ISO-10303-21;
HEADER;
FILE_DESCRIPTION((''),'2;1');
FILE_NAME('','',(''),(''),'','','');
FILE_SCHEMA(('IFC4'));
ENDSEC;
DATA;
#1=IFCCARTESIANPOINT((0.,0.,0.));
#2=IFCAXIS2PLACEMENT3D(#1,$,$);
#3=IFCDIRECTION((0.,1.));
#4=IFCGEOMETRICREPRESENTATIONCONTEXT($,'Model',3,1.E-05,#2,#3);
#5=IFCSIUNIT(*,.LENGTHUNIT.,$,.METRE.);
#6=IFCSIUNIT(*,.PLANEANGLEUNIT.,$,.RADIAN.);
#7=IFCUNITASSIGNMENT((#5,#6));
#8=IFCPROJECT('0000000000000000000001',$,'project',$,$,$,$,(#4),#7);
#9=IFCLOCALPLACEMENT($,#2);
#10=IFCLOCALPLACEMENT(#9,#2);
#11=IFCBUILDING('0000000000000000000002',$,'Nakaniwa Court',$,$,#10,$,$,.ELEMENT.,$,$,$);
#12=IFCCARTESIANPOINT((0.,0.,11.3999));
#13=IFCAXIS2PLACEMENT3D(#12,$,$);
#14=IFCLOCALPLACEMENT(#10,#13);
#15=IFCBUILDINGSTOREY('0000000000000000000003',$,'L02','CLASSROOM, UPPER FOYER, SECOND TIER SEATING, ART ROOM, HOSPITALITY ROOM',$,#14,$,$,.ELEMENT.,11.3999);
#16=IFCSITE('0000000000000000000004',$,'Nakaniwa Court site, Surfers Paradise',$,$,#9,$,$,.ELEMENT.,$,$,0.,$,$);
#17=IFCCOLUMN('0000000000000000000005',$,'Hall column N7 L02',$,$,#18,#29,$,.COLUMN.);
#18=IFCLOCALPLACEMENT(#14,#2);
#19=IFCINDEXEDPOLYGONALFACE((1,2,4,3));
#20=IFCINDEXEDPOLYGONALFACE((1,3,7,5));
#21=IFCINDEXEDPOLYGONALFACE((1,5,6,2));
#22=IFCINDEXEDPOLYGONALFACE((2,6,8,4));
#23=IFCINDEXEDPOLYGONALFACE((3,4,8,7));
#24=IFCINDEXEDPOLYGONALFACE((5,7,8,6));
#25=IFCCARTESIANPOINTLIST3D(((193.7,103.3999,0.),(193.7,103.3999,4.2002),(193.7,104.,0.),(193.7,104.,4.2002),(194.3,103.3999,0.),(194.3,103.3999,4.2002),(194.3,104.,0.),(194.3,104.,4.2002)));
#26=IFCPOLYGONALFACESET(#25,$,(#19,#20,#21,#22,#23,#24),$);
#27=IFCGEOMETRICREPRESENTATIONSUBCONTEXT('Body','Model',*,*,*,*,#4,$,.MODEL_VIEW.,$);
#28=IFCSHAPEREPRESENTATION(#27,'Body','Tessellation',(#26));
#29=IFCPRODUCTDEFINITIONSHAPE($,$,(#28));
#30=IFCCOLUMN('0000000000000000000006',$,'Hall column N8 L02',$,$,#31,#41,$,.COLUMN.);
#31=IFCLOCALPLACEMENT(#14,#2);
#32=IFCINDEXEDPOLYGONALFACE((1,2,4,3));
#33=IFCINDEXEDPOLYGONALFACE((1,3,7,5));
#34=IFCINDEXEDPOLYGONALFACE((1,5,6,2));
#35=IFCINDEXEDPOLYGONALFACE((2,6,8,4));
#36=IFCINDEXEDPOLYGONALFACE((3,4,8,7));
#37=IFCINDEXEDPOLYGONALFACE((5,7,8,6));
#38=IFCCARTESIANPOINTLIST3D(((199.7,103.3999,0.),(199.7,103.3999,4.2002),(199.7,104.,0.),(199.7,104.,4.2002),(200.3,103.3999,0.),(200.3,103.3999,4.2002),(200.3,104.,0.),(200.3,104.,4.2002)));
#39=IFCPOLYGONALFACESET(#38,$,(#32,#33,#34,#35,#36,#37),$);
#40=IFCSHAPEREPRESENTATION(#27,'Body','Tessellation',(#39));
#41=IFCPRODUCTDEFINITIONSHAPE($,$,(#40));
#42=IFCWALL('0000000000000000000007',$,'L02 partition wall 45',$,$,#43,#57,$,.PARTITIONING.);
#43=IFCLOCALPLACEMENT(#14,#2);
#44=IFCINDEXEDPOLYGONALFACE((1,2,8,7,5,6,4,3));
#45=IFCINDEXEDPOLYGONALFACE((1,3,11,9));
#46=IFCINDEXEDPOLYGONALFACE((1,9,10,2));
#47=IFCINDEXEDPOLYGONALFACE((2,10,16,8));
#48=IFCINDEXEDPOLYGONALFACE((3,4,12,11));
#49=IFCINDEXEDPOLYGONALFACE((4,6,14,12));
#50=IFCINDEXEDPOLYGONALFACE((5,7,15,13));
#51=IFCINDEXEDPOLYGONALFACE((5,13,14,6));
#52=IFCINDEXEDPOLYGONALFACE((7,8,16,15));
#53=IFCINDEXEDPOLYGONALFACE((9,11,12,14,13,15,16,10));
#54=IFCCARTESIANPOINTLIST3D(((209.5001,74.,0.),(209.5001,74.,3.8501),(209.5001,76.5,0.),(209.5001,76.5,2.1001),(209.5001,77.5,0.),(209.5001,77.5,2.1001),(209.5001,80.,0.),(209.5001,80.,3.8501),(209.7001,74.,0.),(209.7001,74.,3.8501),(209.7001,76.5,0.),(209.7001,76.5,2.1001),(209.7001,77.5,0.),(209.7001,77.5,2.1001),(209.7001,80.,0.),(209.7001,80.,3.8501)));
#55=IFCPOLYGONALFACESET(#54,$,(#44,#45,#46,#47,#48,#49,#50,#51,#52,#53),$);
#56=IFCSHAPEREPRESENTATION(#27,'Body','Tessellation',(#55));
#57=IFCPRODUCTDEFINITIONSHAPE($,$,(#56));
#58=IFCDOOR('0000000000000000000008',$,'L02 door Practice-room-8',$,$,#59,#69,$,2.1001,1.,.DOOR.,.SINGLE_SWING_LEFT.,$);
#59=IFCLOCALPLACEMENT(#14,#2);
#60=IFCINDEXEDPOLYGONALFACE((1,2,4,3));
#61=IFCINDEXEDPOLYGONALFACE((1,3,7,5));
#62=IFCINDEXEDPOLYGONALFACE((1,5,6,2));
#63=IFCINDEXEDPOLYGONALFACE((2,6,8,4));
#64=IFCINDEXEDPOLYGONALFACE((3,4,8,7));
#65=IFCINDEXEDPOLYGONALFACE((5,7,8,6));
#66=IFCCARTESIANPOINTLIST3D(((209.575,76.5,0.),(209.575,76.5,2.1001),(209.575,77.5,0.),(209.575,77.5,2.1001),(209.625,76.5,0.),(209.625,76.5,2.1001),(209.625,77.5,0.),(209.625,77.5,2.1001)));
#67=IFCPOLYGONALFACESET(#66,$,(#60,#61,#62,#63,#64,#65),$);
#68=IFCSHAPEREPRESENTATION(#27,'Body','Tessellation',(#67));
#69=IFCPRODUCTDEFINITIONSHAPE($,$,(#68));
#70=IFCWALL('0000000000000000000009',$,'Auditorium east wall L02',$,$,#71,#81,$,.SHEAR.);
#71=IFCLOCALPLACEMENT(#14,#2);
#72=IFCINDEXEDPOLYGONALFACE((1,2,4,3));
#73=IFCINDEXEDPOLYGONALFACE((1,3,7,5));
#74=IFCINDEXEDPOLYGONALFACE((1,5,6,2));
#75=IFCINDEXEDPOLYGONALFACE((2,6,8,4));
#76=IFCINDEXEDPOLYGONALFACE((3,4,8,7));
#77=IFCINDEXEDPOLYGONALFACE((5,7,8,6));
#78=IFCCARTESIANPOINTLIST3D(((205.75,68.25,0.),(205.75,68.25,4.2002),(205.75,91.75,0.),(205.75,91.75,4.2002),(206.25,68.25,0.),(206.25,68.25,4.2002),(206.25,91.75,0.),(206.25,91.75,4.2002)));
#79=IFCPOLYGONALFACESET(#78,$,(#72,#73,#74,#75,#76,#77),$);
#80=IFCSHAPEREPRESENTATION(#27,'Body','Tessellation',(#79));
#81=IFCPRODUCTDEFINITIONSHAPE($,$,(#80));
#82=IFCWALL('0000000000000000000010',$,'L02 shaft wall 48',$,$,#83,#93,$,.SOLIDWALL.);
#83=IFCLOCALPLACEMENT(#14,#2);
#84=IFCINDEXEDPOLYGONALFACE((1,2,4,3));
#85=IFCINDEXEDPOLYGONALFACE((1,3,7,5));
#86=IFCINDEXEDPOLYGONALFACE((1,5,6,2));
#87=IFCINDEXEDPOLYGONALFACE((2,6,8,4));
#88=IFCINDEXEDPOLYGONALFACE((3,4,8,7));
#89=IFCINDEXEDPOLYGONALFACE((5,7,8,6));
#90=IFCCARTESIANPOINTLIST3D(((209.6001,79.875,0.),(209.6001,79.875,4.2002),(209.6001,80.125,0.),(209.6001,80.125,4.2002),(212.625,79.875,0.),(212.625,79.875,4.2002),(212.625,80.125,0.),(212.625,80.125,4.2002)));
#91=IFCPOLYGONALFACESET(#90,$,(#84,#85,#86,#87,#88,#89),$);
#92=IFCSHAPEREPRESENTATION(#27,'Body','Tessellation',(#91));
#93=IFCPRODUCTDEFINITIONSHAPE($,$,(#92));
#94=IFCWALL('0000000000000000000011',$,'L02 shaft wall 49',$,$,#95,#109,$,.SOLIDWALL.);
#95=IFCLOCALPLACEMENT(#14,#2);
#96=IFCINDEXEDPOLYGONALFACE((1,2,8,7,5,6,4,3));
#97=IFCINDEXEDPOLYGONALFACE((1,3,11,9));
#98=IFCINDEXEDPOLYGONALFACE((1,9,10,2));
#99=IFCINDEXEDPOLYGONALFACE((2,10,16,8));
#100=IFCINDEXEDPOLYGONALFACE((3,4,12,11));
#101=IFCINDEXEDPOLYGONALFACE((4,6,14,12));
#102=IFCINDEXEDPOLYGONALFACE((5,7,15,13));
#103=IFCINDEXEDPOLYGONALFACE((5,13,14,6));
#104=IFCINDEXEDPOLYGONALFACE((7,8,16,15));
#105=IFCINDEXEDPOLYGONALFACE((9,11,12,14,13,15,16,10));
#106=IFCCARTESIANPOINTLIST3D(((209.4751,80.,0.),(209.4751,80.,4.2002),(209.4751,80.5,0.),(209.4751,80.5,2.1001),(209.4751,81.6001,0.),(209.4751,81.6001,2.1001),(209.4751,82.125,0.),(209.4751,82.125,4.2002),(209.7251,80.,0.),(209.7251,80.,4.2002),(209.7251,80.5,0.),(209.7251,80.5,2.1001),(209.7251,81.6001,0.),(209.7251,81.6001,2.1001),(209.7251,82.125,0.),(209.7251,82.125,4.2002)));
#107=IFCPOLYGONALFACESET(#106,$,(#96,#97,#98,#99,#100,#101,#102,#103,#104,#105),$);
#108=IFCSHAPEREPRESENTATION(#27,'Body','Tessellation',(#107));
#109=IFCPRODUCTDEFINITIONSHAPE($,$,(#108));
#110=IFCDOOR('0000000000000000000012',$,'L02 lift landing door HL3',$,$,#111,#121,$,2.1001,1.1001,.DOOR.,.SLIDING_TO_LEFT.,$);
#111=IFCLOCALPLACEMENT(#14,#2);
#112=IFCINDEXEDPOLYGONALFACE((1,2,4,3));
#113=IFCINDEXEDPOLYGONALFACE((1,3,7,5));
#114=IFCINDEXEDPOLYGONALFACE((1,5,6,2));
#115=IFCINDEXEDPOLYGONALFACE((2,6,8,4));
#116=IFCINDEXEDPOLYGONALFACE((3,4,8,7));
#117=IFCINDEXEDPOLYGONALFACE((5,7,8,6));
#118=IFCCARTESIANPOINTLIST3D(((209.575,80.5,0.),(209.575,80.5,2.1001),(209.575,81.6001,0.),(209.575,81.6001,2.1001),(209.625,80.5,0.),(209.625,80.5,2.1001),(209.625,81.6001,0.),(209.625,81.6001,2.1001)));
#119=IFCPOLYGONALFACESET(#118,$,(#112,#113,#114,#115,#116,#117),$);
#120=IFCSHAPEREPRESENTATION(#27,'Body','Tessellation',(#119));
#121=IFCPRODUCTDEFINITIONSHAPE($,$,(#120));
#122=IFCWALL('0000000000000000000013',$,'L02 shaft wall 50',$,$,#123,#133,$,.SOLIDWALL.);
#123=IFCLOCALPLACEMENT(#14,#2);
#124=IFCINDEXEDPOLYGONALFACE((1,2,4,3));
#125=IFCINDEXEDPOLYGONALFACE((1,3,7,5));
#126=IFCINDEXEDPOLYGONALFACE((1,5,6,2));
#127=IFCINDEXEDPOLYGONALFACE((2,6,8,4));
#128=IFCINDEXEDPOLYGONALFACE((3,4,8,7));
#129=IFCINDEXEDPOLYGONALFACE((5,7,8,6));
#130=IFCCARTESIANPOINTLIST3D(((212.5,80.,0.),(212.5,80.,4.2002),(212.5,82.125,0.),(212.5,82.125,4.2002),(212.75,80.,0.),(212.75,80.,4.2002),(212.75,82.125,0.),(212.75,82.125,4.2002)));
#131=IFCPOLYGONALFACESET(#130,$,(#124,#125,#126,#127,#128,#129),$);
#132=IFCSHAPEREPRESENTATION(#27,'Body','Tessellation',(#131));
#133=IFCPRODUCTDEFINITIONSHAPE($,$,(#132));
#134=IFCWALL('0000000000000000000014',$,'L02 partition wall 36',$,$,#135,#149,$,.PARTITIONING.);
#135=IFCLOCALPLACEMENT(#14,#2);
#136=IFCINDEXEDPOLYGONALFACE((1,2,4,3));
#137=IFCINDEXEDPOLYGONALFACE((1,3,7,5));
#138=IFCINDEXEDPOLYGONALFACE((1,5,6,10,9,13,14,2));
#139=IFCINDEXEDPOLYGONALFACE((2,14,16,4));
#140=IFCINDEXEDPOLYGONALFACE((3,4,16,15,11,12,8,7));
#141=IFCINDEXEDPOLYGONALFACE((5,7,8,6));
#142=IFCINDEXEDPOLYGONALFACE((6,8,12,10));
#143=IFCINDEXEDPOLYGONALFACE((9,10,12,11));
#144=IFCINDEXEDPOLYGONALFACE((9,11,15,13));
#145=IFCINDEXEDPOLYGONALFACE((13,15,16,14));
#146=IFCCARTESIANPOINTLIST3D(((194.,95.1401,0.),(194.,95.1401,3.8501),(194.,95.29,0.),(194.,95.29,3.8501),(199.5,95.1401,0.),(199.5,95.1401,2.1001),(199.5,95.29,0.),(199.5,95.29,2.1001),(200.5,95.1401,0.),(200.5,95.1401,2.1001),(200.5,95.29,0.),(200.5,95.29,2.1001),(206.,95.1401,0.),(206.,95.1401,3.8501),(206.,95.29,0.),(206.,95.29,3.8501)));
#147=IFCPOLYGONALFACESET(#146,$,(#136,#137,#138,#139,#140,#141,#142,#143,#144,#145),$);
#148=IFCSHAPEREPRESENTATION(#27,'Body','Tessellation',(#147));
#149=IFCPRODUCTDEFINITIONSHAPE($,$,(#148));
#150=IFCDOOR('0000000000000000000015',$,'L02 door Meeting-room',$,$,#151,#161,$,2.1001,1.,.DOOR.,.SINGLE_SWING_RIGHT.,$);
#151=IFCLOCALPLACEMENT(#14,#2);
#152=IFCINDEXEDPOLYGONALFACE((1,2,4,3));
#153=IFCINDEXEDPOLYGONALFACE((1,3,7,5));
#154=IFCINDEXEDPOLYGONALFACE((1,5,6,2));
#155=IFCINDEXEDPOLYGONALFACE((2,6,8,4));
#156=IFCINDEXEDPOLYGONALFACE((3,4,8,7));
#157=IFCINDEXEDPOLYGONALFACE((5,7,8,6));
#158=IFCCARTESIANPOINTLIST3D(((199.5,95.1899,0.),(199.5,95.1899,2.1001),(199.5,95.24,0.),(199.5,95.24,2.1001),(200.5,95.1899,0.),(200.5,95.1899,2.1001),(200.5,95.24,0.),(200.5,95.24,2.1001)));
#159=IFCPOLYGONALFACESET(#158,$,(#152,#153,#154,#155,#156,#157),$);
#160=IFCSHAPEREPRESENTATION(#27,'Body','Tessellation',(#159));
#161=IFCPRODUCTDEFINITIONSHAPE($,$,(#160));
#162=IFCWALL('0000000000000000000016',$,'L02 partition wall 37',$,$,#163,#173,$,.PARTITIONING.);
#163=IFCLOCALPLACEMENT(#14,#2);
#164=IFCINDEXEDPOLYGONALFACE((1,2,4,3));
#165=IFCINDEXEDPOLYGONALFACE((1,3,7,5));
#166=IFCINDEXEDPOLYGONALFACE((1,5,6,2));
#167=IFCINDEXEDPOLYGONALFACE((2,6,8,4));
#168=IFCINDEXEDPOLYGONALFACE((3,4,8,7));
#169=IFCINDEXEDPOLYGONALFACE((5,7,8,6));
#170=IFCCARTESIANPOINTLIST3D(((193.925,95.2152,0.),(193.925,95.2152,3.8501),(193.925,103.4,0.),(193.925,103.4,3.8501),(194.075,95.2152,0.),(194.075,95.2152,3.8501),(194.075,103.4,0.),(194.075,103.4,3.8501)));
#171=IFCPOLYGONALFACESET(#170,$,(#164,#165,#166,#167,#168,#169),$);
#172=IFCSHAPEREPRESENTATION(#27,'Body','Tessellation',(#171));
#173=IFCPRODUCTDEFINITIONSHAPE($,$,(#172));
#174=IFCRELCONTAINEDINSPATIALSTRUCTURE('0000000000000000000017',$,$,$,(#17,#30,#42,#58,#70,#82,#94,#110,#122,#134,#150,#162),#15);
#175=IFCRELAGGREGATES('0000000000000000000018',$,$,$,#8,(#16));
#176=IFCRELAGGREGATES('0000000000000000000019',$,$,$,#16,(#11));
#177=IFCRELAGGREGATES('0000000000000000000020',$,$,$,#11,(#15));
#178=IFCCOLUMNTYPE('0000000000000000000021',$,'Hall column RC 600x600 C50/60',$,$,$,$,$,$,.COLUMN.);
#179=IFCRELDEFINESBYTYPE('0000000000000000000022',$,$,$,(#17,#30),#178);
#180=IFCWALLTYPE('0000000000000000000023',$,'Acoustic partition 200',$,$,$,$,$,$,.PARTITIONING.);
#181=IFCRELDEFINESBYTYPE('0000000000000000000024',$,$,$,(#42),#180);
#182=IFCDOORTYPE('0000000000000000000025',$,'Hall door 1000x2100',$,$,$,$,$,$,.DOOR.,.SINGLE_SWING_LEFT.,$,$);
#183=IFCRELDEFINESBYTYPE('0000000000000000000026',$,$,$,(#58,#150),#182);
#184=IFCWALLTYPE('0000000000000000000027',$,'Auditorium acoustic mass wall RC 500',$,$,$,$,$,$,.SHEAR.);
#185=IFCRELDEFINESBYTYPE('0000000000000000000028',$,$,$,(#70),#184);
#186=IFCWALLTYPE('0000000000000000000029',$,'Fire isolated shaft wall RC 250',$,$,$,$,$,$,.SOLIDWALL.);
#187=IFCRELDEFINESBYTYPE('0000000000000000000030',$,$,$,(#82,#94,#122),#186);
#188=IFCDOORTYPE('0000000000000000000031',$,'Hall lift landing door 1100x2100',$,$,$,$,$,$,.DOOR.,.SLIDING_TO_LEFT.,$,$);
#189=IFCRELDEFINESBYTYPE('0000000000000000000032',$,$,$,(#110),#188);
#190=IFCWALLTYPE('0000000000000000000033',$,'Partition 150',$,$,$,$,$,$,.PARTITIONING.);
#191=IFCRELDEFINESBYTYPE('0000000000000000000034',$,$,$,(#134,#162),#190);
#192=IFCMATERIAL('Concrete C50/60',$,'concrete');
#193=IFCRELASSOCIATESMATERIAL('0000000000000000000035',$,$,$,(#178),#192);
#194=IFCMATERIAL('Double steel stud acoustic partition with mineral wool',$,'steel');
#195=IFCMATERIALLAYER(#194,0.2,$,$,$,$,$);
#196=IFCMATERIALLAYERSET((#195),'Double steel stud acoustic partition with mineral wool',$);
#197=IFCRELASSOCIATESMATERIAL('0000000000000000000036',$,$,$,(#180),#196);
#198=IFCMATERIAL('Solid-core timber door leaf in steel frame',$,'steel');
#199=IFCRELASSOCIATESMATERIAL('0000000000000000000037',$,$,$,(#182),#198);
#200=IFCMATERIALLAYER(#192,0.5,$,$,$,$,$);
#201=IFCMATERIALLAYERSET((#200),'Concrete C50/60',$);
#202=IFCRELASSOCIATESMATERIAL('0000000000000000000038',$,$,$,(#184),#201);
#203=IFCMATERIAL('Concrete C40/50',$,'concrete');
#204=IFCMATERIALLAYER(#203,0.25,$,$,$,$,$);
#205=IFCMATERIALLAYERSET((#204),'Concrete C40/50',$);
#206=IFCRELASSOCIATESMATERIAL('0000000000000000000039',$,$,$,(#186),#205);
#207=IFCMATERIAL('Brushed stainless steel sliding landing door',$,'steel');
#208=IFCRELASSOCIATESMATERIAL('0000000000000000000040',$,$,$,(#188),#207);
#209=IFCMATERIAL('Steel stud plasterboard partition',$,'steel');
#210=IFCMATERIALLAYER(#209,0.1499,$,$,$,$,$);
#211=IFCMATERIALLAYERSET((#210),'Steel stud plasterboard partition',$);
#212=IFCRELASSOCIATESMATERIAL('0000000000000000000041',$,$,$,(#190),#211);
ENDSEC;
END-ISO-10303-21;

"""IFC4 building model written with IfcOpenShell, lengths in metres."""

from ifc_helpers import new_model, si_unit, direction, frame, frame_2d, origin, origin_2d, place, context, subcontext, project, spatial, rectangle, extrude, material, layer, layer_set, material_profile, profile_set, type_object, element, fill, save


model = new_model("IFC4")

# Units and contexts
model_context = context("Model", 3, precision=1e-05, world=origin(), true_north=direction((0.0, 1.0)))
body_context = subcontext(model_context, "Body", "Model", "MODEL_VIEW")
ifc_project = project(units=[si_unit("LENGTHUNIT", "METRE"), si_unit("PLANEANGLEUNIT", "RADIAN")], contexts=[model_context])

# Site, building, storey
site_placement = place(None, origin())
site = spatial("IfcSite", under=ifc_project, at=site_placement, Name="Nakaniwa Court site, Surfers Paradise", CompositionType="ELEMENT", RefElevation=0.0)
building_placement = place(site_placement, origin())
building = spatial("IfcBuilding", under=site, at=building_placement, Name="Nakaniwa Court", CompositionType="ELEMENT")
storey_placement = place(building_placement, frame((0.0, 0.0, 11.3999)))
storey = spatial("IfcBuildingStorey", under=building, at=storey_placement, Name="L02", Description="CLASSROOM, UPPER FOYER, SECOND TIER SEATING, ART ROOM, HOSPITALITY ROOM", CompositionType="ELEMENT", Elevation=11.3999)

# Columns
ifc_material_1 = material(Name="Concrete C50/60", Category="concrete")
ifc_material_profile = material_profile(ifc_material_1, rectangle(XDim=0.6001, YDim=0.6001, at=origin_2d()), Name="RC 600x600")
ifc_profile_set = profile_set([ifc_material_profile], Name="Concrete C50/60")
column_type = type_object("IfcColumnType", Name="Hall column RC 600x600 C50/60", PredefinedType="COLUMN", material=ifc_profile_set)
for number, where, z_axis, x_axis, name in (
    (1, (194.0, 103.7, 0.0), (0.0, 0.0, 1.0), (1.0, 0.0, 0.0), "Hall column N7 L02"),
    (2, (200.0, 103.7, 0.0), (0.0, 0.0, 1.0), (1.0, 0.0, 0.0), "Hall column N8 L02"),
):
    element("IfcColumn", number, at=place(storey_placement, frame(where, z_axis=z_axis, x_axis=x_axis)), inside=storey, type_object=column_type, Name=name, PredefinedType="COLUMN", context=body_context, shape_type="SweptSolid", body=[
        extrude(rectangle(XDim=0.6001, YDim=0.6001, at=origin_2d()), origin(), (0.0, 0.0, 1.0), 4.2002),
    ])

# Wall, opening, door
ifc_material_2 = material(Name="Double steel stud acoustic partition with mineral wool", Category="steel")
ifc_layer_1 = layer(ifc_material_2, 0.2)
ifc_layer_set_1 = layer_set([ifc_layer_1], Name="Double steel stud acoustic partition with mineral wool")
wall_type_1 = type_object("IfcWallType", Name="Acoustic partition 200", PredefinedType="PARTITIONING", material=ifc_layer_set_1)
wall_1_placement = place(storey_placement, frame((209.6001, 80.0, 0.0), z_axis=(0.0, 0.0, 1.0), x_axis=(0.0, -1.0, 0.0)))
wall_1 = element("IfcWall", 3, at=wall_1_placement, inside=storey, type_object=wall_type_1, Name="L02 partition wall 45", PredefinedType="PARTITIONING", context=body_context, shape_type="SweptSolid", body=[
    extrude(rectangle(XDim=6.0, YDim=0.2, at=frame_2d((3.0, 0.0))), origin(), (0.0, 0.0, 1.0), 3.8501),
])
opening_1_placement = place(wall_1_placement, frame((2.5, 0.0, 0.0)))
opening_1 = element("IfcOpeningElement", 4, at=opening_1_placement, cuts=wall_1, PredefinedType="OPENING", context=body_context, shape_type="SweptSolid", body=[
    extrude(rectangle(XDim=1.0, YDim=2.1001, at=frame_2d((0.5, 1.05))), frame((0.0, 0.1099, 0.0), z_axis=(0.0, -1.0, 0.0), x_axis=(1.0, 0.0, 0.0)), (0.0, 0.0, 1.0), 0.22),
])
ifc_material_3 = material(Name="Solid-core timber door leaf in steel frame", Category="steel")
door_type_1 = type_object("IfcDoorType", Name="Hall door 1000x2100", OperationType="SINGLE_SWING_LEFT", PredefinedType="DOOR", material=ifc_material_3)
door_1_placement = place(opening_1_placement, origin())
door_1 = element("IfcDoor", 5, at=door_1_placement, inside=storey, type_object=door_type_1, Name="L02 door Practice-room-8", OperationType="SINGLE_SWING_LEFT", OverallHeight=2.1001, OverallWidth=1.0, PredefinedType="DOOR", context=body_context, shape_type="SweptSolid", body=[
    extrude(rectangle(XDim=1.0, YDim=2.1001, at=frame_2d((0.5, 1.05))), frame((0.0, 0.0249, 0.0), z_axis=(0.0, -1.0, 0.0), x_axis=(1.0, 0.0, 0.0)), (0.0, 0.0, 1.0), 0.05),
])
fill(opening_1, door_1)

# Walls
ifc_layer_2 = layer(ifc_material_1, 0.5)
ifc_layer_set_2 = layer_set([ifc_layer_2], Name="Concrete C50/60")
wall_type_2 = type_object("IfcWallType", Name="Auditorium acoustic mass wall RC 500", PredefinedType="SHEAR", material=ifc_layer_set_2)
wall_2_placement = place(storey_placement, frame((206.0, 91.75, 0.0), z_axis=(0.0, 0.0, 1.0), x_axis=(0.0, -1.0, 0.0)))
element("IfcWall", 6, at=wall_2_placement, inside=storey, type_object=wall_type_2, Name="Auditorium east wall L02", PredefinedType="SHEAR", context=body_context, shape_type="SweptSolid", body=[
    extrude(rectangle(XDim=23.5, YDim=0.5, at=frame_2d((11.75, 0.0))), origin(), (0.0, 0.0, 1.0), 4.2002),
])
ifc_material_4 = material(Name="Concrete C40/50", Category="concrete")
ifc_layer_3 = layer(ifc_material_4, 0.25)
ifc_layer_set_3 = layer_set([ifc_layer_3], Name="Concrete C40/50")
wall_type_3 = type_object("IfcWallType", Name="Fire isolated shaft wall RC 250", PredefinedType="SOLIDWALL", material=ifc_layer_set_3)
wall_3_placement = place(storey_placement, frame((209.6001, 80.0, 0.0), z_axis=(0.0, 0.0, 1.0), x_axis=(1.0, 0.0, 0.0)))
element("IfcWall", 7, at=wall_3_placement, inside=storey, type_object=wall_type_3, Name="L02 shaft wall 48", PredefinedType="SOLIDWALL", context=body_context, shape_type="SweptSolid", body=[
    extrude(rectangle(XDim=3.0249, YDim=0.25, at=frame_2d((1.5125, 0.0))), origin(), (0.0, 0.0, 1.0), 4.2002),
])

# Wall, opening, door
wall_4_placement = place(storey_placement, frame((209.6001, 82.125, 0.0), z_axis=(0.0, 0.0, 1.0), x_axis=(0.0, -1.0, 0.0)))
wall_4 = element("IfcWall", 8, at=wall_4_placement, inside=storey, type_object=wall_type_3, Name="L02 shaft wall 49", PredefinedType="SOLIDWALL", context=body_context, shape_type="SweptSolid", body=[
    extrude(rectangle(XDim=2.125, YDim=0.25, at=frame_2d((1.0625, 0.0))), origin(), (0.0, 0.0, 1.0), 4.2002),
])
opening_2_placement = place(wall_4_placement, frame((0.5249, 0.0, 0.0)))
opening_2 = element("IfcOpeningElement", 9, at=opening_2_placement, cuts=wall_4, PredefinedType="OPENING", context=body_context, shape_type="SweptSolid", body=[
    extrude(rectangle(XDim=1.1001, YDim=2.1001, at=frame_2d((0.55, 1.05))), frame((0.0, 0.135, 0.0), z_axis=(0.0, -1.0, 0.0), x_axis=(1.0, 0.0, 0.0)), (0.0, 0.0, 1.0), 0.27),
])
ifc_material_5 = material(Name="Brushed stainless steel sliding landing door", Category="steel")
door_type_2 = type_object("IfcDoorType", Name="Hall lift landing door 1100x2100", OperationType="SLIDING_TO_LEFT", PredefinedType="DOOR", material=ifc_material_5)
door_2_placement = place(opening_2_placement, origin())
door_2 = element("IfcDoor", 10, at=door_2_placement, inside=storey, type_object=door_type_2, Name="L02 lift landing door HL3", OperationType="SLIDING_TO_LEFT", OverallHeight=2.1001, OverallWidth=1.1001, PredefinedType="DOOR", context=body_context, shape_type="SweptSolid", body=[
    extrude(rectangle(XDim=1.1001, YDim=2.1001, at=frame_2d((0.55, 1.05))), frame((0.0, 0.0249, 0.0), z_axis=(0.0, -1.0, 0.0), x_axis=(1.0, 0.0, 0.0)), (0.0, 0.0, 1.0), 0.05),
])
fill(opening_2, door_2)

# Wall
wall_5_placement = place(storey_placement, frame((212.625, 80.0, 0.0), z_axis=(0.0, 0.0, 1.0), x_axis=(0.0, 1.0, 0.0)))
element("IfcWall", 11, at=wall_5_placement, inside=storey, type_object=wall_type_3, Name="L02 shaft wall 50", PredefinedType="SOLIDWALL", context=body_context, shape_type="SweptSolid", body=[
    extrude(rectangle(XDim=2.125, YDim=0.25, at=frame_2d((1.0625, 0.0))), origin(), (0.0, 0.0, 1.0), 4.2002),
])

# Wall, opening, door
ifc_material_6 = material(Name="Steel stud plasterboard partition", Category="steel")
ifc_layer_4 = layer(ifc_material_6, 0.1499)
ifc_layer_set_4 = layer_set([ifc_layer_4], Name="Steel stud plasterboard partition")
wall_type_4 = type_object("IfcWallType", Name="Partition 150", PredefinedType="PARTITIONING", material=ifc_layer_set_4)
wall_6_placement = place(storey_placement, frame((194.0, 95.2151, 0.0), z_axis=(0.0, 0.0, 1.0), x_axis=(1.0, 0.0, 0.0)))
wall_6 = element("IfcWall", 12, at=wall_6_placement, inside=storey, type_object=wall_type_4, Name="L02 partition wall 36", PredefinedType="PARTITIONING", context=body_context, shape_type="SweptSolid", body=[
    extrude(rectangle(XDim=12.0, YDim=0.1499, at=frame_2d((6.0, 0.0))), origin(), (0.0, 0.0, 1.0), 3.8501),
])
opening_3_placement = place(wall_6_placement, frame((5.5, 0.0, 0.0)))
opening_3 = element("IfcOpeningElement", 13, at=opening_3_placement, cuts=wall_6, PredefinedType="OPENING", context=body_context, shape_type="SweptSolid", body=[
    extrude(rectangle(XDim=1.0, YDim=2.1001, at=frame_2d((0.5, 1.05))), frame((0.0, 0.085, 0.0), z_axis=(0.0, -1.0, 0.0), x_axis=(1.0, 0.0, 0.0)), (0.0, 0.0, 1.0), 0.1699),
])
door_3_placement = place(opening_3_placement, origin())
door_3 = element("IfcDoor", 14, at=door_3_placement, inside=storey, type_object=door_type_1, Name="L02 door Meeting-room", OperationType="SINGLE_SWING_RIGHT", OverallHeight=2.1001, OverallWidth=1.0, PredefinedType="DOOR", context=body_context, shape_type="SweptSolid", body=[
    extrude(rectangle(XDim=1.0, YDim=2.1001, at=frame_2d((0.5, 1.05))), frame((0.0, 0.0249, 0.0), z_axis=(0.0, -1.0, 0.0), x_axis=(1.0, 0.0, 0.0)), (0.0, 0.0, 1.0), 0.05),
])
fill(opening_3, door_3)

# Wall
wall_7_placement = place(storey_placement, frame((194.0, 103.3999, 0.0), z_axis=(0.0, 0.0, 1.0), x_axis=(0.0, -1.0, 0.0)))
element("IfcWall", 15, at=wall_7_placement, inside=storey, type_object=wall_type_4, Name="L02 partition wall 37", PredefinedType="PARTITIONING", context=body_context, shape_type="SweptSolid", body=[
    extrude(rectangle(XDim=8.1848, YDim=0.1499, at=frame_2d((4.0923, 0.0))), origin(), (0.0, 0.0, 1.0), 3.8501),
])

save(model, "model.ifc")
